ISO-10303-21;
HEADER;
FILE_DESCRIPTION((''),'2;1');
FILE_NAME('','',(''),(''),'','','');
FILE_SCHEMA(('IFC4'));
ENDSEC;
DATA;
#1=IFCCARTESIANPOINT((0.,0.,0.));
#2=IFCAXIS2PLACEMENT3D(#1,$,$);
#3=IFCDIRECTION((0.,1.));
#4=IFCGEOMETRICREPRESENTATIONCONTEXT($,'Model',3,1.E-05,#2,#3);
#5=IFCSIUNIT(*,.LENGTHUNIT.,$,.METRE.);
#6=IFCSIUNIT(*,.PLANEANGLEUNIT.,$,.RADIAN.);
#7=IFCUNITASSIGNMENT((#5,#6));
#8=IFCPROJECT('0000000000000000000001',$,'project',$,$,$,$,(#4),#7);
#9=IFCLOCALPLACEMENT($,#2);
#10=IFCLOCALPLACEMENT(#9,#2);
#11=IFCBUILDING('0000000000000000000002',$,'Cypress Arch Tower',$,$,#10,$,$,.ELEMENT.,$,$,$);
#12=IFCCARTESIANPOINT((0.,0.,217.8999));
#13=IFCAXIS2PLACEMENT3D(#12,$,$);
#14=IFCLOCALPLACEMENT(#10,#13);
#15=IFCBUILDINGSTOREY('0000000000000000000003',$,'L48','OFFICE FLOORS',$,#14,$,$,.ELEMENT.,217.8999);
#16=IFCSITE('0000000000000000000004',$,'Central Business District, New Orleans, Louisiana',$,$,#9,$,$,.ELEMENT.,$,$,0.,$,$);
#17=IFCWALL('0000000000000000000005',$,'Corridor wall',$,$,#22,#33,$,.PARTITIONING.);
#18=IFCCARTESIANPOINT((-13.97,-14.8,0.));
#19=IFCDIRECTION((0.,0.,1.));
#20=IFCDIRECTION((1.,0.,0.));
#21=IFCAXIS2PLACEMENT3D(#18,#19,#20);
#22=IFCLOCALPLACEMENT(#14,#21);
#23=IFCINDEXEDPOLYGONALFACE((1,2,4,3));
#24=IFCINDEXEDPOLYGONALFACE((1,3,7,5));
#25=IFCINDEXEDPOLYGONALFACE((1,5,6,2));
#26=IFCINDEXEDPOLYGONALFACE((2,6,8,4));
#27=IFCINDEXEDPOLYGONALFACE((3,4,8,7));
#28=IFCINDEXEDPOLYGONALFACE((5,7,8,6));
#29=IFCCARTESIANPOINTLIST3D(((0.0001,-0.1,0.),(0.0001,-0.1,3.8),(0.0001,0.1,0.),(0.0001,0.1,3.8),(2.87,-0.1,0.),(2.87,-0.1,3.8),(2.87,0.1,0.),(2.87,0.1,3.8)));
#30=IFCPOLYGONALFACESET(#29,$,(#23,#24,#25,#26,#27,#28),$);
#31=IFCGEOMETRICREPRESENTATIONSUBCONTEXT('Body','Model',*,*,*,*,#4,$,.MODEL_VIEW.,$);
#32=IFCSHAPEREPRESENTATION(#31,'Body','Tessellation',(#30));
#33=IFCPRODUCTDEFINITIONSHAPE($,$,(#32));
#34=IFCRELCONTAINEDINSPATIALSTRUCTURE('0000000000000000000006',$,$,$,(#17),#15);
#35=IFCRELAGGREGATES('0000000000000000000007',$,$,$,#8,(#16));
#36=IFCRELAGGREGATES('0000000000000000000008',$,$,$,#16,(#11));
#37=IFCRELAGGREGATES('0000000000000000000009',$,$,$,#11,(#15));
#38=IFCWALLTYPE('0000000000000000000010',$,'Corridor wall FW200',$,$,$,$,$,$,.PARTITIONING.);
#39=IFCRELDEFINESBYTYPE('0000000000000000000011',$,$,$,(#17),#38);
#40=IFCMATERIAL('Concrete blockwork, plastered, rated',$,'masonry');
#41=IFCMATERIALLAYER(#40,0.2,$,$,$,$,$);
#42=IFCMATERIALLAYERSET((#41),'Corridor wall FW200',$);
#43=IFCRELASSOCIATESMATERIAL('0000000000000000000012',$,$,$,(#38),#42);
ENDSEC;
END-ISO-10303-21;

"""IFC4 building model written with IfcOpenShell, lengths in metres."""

from ifc_helpers import new_model, si_unit, direction, frame, frame_2d, origin, place, context, subcontext, project, spatial, rectangle, extrude, material, layer, layer_set, type_object, element, save


model = new_model("IFC4")

# Units and contexts
model_context = context("Model", 3, precision=1e-05, world=origin(), true_north=direction((0.0, 1.0)))
body_context = subcontext(model_context, "Body", "Model", "MODEL_VIEW")
ifc_project = project(units=[si_unit("LENGTHUNIT", "METRE"), si_unit("PLANEANGLEUNIT", "RADIAN")], contexts=[model_context])

# Site, building, storey
site_placement = place(None, origin())
site = spatial("IfcSite", under=ifc_project, at=site_placement, Name="Central Business District, New Orleans, Louisiana", CompositionType="ELEMENT", RefElevation=0.0)
building_placement = place(site_placement, origin())
building = spatial("IfcBuilding", under=site, at=building_placement, Name="Cypress Arch Tower", CompositionType="ELEMENT")
storey_placement = place(building_placement, frame((0.0, 0.0, 217.8999)))
storey = spatial("IfcBuildingStorey", under=building, at=storey_placement, Name="L48", Description="OFFICE FLOORS", CompositionType="ELEMENT", Elevation=217.8999)

# Wall
ifc_material_1 = material(Name="Concrete blockwork, plastered, rated", Category="masonry")
ifc_layer_1 = layer(ifc_material_1, 0.2)
ifc_layer_set_1 = layer_set([ifc_layer_1], Name="Corridor wall FW200")
wall_type_1 = type_object("IfcWallType", Name="Corridor wall FW200", PredefinedType="PARTITIONING", material=ifc_layer_set_1)
wall_1_placement = place(storey_placement, frame((-13.97, -14.8, 0.0), z_axis=(0.0, 0.0, 1.0), x_axis=(1.0, 0.0, 0.0)))
element("IfcWall", 1, at=wall_1_placement, inside=storey, type_object=wall_type_1, Name="Corridor wall", PredefinedType="PARTITIONING", context=body_context, shape_type="SweptSolid", body=[
    extrude(rectangle(XDim=2.8699, YDim=0.2, at=frame_2d((1.4351, 0.0))), origin(), (0.0, 0.0, 1.0), 3.8),
])

save(model, "model.ifc")
